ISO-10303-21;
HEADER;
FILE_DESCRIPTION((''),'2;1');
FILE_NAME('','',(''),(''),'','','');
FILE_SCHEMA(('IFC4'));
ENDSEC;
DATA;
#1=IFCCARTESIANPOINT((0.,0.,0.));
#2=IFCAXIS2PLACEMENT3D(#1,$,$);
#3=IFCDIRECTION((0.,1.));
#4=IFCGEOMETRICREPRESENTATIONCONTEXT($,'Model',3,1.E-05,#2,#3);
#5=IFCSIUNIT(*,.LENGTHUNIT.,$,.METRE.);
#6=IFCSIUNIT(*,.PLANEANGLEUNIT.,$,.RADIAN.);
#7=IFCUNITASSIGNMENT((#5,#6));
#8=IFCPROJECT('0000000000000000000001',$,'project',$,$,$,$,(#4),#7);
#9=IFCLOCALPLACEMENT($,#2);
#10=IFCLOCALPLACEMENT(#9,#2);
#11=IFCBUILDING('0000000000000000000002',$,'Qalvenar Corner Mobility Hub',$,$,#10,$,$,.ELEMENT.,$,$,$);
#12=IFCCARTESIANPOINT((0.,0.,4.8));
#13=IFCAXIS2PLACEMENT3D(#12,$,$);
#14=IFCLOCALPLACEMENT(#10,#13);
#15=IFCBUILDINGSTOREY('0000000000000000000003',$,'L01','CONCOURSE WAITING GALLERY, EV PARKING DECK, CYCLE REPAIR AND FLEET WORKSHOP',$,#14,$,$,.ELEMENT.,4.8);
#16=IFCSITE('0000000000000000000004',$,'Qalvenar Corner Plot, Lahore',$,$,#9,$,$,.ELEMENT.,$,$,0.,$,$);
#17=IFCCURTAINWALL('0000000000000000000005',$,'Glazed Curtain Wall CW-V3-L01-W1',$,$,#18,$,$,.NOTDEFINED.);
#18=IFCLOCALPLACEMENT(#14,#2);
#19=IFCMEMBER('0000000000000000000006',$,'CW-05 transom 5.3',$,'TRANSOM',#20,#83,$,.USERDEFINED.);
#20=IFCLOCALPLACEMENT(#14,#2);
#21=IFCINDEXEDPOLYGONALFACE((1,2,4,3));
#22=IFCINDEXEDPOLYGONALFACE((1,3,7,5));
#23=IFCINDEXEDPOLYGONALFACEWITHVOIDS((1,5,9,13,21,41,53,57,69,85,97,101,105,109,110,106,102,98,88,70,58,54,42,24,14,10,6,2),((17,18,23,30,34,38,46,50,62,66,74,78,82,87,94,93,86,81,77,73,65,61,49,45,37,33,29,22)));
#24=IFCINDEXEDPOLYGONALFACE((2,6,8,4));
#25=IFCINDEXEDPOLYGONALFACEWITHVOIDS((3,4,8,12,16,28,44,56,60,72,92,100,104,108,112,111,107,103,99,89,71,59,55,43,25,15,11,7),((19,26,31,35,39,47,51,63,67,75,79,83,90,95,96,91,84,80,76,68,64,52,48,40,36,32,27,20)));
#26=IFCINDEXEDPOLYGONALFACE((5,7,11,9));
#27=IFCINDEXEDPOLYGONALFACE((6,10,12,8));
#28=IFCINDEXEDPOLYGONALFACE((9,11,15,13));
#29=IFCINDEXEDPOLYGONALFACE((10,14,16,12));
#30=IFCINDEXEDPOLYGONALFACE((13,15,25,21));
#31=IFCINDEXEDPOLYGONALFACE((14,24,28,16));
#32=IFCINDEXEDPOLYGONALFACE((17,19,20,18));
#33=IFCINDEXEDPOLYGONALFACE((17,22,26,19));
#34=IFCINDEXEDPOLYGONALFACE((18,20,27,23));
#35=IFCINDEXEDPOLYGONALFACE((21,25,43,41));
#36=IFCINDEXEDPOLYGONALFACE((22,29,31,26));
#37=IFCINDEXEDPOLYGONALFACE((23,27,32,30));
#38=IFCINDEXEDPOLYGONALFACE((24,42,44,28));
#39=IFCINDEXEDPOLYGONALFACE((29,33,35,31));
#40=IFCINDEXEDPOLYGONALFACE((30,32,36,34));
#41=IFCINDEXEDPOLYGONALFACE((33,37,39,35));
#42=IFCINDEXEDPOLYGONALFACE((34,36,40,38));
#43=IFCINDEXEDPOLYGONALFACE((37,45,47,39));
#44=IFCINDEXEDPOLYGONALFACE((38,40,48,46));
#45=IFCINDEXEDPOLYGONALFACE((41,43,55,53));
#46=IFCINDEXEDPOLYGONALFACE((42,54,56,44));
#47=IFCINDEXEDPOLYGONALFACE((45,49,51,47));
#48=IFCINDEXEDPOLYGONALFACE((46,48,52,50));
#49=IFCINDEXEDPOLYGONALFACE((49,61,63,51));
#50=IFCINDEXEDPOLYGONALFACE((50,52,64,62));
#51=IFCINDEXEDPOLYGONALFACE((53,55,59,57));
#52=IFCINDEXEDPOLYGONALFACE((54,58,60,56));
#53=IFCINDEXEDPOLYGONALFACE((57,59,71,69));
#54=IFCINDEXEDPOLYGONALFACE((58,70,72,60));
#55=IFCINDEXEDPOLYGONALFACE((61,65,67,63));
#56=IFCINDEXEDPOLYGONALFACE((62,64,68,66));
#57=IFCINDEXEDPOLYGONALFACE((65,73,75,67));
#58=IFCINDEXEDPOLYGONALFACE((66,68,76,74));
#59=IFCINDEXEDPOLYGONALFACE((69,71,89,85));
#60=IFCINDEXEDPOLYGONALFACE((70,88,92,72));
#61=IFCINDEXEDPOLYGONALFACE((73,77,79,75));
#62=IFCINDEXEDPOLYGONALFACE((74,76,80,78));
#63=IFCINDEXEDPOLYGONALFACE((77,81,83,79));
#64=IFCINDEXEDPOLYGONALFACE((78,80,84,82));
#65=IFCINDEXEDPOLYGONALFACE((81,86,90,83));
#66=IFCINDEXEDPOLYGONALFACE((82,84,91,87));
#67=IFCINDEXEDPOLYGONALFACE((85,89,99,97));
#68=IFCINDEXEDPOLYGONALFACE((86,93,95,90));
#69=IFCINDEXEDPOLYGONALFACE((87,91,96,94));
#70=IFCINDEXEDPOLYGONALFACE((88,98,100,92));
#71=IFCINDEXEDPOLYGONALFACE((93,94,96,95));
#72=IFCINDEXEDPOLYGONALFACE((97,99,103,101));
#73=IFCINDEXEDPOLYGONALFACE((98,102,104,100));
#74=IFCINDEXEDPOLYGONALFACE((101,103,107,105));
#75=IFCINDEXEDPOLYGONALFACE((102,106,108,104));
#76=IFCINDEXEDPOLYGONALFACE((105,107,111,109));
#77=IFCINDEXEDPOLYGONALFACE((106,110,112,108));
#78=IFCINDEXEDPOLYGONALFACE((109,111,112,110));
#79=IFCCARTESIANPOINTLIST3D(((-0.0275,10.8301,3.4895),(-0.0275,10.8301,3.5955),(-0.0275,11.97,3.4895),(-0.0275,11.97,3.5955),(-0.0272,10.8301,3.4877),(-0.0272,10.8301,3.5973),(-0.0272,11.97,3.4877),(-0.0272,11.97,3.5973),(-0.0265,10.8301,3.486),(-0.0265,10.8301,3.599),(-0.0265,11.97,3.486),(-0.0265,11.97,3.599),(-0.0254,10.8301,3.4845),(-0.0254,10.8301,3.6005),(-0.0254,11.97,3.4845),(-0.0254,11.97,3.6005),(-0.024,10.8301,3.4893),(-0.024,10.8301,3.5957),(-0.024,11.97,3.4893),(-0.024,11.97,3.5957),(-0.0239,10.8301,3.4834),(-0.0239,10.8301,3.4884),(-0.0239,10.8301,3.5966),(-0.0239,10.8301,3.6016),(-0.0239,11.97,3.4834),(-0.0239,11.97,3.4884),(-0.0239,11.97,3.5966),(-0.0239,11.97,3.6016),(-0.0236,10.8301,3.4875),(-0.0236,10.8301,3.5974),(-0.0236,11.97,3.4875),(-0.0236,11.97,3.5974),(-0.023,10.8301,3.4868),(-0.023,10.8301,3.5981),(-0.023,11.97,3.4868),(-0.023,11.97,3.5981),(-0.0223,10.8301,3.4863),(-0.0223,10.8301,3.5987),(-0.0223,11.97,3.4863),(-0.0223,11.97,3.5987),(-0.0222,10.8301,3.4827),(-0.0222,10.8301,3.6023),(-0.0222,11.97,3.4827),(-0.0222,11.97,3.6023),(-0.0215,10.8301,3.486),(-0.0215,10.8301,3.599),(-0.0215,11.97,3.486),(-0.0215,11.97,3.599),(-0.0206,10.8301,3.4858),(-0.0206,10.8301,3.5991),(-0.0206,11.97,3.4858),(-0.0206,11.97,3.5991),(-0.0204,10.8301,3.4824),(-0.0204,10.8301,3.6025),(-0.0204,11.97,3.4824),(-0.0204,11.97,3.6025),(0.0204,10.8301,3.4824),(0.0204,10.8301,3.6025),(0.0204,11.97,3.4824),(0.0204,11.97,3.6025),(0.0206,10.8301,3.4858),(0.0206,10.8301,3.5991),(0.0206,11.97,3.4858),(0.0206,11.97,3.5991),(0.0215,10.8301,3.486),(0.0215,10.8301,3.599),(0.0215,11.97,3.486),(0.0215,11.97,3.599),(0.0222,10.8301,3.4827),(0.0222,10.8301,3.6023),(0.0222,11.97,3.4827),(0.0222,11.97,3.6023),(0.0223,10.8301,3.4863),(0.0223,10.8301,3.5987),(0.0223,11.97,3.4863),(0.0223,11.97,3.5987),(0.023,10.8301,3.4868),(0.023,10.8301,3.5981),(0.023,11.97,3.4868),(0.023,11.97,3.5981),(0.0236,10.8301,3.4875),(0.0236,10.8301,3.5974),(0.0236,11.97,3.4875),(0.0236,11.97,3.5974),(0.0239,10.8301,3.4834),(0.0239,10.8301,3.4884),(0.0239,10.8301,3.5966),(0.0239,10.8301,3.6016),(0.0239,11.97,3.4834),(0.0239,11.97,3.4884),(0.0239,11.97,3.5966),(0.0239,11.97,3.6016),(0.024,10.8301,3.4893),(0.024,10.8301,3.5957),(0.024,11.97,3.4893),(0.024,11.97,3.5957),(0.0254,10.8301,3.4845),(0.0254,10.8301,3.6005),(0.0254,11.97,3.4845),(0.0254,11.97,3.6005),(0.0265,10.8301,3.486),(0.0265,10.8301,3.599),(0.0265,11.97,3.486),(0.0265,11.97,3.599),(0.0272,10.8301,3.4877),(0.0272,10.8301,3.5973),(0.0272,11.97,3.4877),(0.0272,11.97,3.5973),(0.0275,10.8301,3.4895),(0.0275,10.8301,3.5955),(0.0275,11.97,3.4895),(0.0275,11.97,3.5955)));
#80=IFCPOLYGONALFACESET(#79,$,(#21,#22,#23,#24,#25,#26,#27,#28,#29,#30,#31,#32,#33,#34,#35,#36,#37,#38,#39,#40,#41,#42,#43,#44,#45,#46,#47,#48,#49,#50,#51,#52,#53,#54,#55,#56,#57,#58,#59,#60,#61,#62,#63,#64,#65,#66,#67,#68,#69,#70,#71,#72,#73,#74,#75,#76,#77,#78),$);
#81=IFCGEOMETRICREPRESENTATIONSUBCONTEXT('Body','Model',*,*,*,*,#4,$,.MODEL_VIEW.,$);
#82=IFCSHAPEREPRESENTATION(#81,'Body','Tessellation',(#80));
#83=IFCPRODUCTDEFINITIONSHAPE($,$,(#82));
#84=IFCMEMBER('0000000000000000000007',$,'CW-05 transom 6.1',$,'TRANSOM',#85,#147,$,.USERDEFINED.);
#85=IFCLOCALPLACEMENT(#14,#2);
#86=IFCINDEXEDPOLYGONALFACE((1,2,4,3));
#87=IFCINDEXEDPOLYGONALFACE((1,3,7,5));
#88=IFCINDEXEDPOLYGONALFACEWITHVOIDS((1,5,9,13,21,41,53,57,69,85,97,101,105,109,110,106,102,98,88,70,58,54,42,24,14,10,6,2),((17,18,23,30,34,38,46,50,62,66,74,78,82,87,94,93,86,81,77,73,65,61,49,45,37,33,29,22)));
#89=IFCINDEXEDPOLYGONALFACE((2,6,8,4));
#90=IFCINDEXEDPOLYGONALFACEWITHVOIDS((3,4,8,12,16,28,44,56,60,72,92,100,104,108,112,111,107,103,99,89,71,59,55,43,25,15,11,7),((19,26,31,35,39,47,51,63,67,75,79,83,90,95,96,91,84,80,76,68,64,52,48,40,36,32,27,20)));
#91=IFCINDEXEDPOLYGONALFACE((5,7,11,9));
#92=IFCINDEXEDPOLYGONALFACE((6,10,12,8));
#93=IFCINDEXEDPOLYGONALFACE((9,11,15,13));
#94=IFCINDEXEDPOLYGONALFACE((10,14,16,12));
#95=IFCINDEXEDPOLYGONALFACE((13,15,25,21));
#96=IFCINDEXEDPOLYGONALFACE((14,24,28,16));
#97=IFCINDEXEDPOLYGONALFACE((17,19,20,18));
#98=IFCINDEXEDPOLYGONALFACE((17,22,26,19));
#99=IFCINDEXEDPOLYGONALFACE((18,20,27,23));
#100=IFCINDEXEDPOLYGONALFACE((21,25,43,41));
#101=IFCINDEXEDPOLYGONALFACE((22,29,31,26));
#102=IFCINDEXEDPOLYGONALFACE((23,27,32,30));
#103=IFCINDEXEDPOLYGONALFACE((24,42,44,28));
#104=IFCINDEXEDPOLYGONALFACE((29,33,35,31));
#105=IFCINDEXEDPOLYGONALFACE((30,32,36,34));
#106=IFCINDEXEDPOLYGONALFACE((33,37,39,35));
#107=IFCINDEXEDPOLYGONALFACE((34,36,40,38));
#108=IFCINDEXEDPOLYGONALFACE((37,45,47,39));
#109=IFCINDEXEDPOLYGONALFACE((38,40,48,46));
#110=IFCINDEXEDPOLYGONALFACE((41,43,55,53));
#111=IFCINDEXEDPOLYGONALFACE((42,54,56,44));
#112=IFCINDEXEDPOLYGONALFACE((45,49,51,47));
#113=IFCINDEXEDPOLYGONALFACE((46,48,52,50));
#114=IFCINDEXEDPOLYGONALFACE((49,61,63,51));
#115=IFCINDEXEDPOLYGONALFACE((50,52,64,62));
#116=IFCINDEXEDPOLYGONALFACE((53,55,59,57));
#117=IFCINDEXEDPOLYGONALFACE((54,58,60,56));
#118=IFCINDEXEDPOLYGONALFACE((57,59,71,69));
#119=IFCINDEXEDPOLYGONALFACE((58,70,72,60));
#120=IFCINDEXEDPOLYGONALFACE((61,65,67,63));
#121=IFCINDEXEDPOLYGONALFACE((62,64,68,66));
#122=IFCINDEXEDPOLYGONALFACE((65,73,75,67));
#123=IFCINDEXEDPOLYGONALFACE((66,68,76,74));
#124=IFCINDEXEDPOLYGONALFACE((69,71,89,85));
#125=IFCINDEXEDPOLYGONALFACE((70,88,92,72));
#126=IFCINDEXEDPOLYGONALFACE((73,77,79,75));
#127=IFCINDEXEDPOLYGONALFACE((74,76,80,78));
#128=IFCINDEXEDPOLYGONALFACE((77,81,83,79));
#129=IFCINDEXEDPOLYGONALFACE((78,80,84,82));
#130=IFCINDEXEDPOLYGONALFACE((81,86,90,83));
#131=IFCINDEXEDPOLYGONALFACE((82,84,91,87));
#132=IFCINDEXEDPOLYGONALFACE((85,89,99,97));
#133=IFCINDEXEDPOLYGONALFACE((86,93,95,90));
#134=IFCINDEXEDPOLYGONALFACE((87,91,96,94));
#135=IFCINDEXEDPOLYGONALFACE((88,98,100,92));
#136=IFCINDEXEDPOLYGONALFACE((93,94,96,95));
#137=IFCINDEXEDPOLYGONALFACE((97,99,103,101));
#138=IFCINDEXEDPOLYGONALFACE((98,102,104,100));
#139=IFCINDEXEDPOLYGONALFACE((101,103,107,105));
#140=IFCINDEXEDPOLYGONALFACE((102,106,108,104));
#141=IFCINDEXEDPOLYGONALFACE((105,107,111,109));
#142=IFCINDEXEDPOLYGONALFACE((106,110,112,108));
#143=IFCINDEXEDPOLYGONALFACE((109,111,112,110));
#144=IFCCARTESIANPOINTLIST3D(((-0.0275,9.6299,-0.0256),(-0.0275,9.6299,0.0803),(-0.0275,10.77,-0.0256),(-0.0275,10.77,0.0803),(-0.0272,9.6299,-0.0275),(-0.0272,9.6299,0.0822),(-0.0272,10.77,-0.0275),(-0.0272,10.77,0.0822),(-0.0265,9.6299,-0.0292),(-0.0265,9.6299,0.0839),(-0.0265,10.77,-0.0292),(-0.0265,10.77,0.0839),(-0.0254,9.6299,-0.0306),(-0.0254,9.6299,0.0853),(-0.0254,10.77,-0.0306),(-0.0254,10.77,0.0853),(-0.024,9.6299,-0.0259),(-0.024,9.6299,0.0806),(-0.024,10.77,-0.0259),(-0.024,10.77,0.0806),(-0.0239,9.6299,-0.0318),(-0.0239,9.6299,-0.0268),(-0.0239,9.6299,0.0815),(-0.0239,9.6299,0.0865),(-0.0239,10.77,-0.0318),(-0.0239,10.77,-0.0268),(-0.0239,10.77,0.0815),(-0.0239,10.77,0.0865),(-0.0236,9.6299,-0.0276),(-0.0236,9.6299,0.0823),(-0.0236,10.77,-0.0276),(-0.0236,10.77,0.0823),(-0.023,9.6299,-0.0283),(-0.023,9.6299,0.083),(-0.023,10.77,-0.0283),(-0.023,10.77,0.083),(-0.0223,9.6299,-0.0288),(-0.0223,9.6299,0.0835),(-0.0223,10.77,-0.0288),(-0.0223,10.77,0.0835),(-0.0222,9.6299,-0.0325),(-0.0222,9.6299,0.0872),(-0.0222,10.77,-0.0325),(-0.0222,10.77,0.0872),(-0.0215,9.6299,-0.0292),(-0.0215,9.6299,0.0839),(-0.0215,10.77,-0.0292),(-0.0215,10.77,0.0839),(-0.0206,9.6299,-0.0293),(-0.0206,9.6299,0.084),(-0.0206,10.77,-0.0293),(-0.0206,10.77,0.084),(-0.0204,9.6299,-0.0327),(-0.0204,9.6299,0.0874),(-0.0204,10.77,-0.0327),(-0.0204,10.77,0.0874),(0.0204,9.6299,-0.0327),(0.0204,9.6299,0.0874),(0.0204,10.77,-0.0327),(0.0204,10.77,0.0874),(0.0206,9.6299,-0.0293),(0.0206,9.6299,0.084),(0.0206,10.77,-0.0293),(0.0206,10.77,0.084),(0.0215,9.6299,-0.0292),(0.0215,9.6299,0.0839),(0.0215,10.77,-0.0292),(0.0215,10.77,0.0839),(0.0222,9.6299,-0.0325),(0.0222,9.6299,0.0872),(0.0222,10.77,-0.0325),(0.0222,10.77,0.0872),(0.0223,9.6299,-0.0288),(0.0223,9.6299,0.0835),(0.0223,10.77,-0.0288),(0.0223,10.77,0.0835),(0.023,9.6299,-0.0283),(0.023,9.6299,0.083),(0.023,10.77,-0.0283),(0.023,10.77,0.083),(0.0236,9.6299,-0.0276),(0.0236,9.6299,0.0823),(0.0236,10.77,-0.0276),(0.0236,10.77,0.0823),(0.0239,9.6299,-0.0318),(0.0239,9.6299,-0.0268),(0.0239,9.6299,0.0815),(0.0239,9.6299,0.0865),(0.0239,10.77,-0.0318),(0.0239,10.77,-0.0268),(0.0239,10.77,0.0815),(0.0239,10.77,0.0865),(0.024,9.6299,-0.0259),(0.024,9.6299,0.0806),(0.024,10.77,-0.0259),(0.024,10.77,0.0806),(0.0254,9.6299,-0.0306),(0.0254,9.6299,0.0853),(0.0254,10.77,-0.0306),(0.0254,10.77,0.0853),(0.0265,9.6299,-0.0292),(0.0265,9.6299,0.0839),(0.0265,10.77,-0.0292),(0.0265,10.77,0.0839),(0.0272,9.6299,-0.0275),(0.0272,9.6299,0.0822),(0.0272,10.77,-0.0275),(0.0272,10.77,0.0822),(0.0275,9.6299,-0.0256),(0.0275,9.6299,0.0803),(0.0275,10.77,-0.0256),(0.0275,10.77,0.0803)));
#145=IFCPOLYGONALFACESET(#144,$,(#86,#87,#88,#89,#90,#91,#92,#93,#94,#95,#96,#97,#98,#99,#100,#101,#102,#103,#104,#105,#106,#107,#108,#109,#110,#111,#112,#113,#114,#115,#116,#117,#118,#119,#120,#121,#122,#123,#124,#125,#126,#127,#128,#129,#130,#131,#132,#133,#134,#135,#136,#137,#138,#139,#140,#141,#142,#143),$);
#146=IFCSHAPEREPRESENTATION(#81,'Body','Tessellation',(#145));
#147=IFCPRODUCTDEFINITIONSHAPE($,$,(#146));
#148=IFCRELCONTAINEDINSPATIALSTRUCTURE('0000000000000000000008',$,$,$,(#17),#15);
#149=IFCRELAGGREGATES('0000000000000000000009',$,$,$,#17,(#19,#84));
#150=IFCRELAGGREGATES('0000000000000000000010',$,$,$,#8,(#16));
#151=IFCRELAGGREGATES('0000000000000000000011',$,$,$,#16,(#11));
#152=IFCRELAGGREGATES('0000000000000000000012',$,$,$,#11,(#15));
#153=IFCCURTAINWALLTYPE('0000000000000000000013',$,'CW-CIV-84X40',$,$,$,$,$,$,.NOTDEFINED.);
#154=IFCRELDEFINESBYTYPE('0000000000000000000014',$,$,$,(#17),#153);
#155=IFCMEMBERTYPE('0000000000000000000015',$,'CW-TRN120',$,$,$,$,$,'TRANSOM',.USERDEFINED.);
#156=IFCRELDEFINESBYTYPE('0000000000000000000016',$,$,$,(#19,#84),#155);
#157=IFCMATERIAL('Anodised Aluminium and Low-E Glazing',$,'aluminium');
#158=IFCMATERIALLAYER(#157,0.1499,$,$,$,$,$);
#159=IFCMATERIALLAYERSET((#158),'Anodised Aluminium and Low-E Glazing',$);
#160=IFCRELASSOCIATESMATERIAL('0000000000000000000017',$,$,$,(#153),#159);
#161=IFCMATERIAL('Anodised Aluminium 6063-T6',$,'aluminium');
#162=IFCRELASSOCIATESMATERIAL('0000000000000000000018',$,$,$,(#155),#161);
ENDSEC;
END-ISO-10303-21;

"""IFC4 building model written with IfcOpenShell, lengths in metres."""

from ifc_helpers import new_model, si_unit, direction, frame, origin, origin_2d, place, context, subcontext, project, spatial, hollow_rectangle, extrude, material, layer, layer_set, material_profile, profile_set, type_object, element, aggregate, save


model = new_model("IFC4")

# Units and contexts
model_context = context("Model", 3, precision=1e-05, world=origin(), true_north=direction((0.0, 1.0)))
body_context = subcontext(model_context, "Body", "Model", "MODEL_VIEW")
ifc_project = project(units=[si_unit("LENGTHUNIT", "METRE"), si_unit("PLANEANGLEUNIT", "RADIAN")], contexts=[model_context])

# Site, building, storey
site_placement = place(None, origin())
site = spatial("IfcSite", under=ifc_project, at=site_placement, Name="Qalvenar Corner Plot, Lahore", CompositionType="ELEMENT", RefElevation=0.0)
building_placement = place(site_placement, origin())
building = spatial("IfcBuilding", under=site, at=building_placement, Name="Qalvenar Corner Mobility Hub", CompositionType="ELEMENT")
storey_placement = place(building_placement, frame((0.0, 0.0, 4.8)))
storey = spatial("IfcBuildingStorey", under=building, at=storey_placement, Name="L01", Description="CONCOURSE WAITING GALLERY, EV PARKING DECK, CYCLE REPAIR AND FLEET WORKSHOP", CompositionType="ELEMENT", Elevation=4.8)

# Curtain wall, members
ifc_material_1 = material(Name="Anodised Aluminium and Low-E Glazing", Category="aluminium")
ifc_layer_1 = layer(ifc_material_1, 0.1499)
ifc_layer_set_1 = layer_set([ifc_layer_1], Name="Anodised Aluminium and Low-E Glazing")
curtain_wall_type = type_object("IfcCurtainWallType", Name="CW-CIV-84X40", PredefinedType="NOTDEFINED", material=ifc_layer_set_1)
curtain_wall_placement = place(storey_placement, origin())
curtain_wall = element("IfcCurtainWall", 1, at=curtain_wall_placement, inside=storey, type_object=curtain_wall_type, Name="Glazed Curtain Wall CW-V3-L01-W1", PredefinedType="NOTDEFINED")
ifc_material_2 = material(Name="Anodised Aluminium 6063-T6", Category="aluminium")
ifc_material_profile_1 = material_profile(ifc_material_2, hollow_rectangle(XDim=0.0549, YDim=0.1201, WallThickness=0.0034, InnerFilletRadius=0.0034, OuterFilletRadius=0.0071, at=origin_2d()), Name="RHS120x55x3.5")
ifc_profile_set_1 = profile_set([ifc_material_profile_1], Name="Anodised Aluminium 6063-T6")
member_type_1 = type_object("IfcMemberType", Name="CW-TRN120", ElementType="TRANSOM", PredefinedType="USERDEFINED", material=ifc_profile_set_1)
member_1_placement = place(storey_placement, frame((0.0, 11.97, 3.5425), z_axis=(0.0, -1.0, 0.0), x_axis=(1.0, 0.0, 0.0)))
member_1 = element("IfcMember", 2, at=member_1_placement, type_object=member_type_1, Name="CW-05 transom 5.3", ObjectType="TRANSOM", PredefinedType="USERDEFINED", context=body_context, shape_type="SweptSolid", body=[
    extrude(hollow_rectangle(XDim=0.0549, YDim=0.1201, WallThickness=0.0034, InnerFilletRadius=0.0034, OuterFilletRadius=0.0071, at=origin_2d()), origin(), (0.0, 0.0, 1.0), 1.1399),
])
member_2_placement = place(storey_placement, frame((0.0, 10.77, 0.0273), z_axis=(0.0, -1.0, 0.0), x_axis=(1.0, 0.0, 0.0)))
member_2 = element("IfcMember", 3, at=member_2_placement, type_object=member_type_1, Name="CW-05 transom 6.1", ObjectType="TRANSOM", PredefinedType="USERDEFINED", context=body_context, shape_type="SweptSolid", body=[
    extrude(hollow_rectangle(XDim=0.0549, YDim=0.1201, WallThickness=0.0034, InnerFilletRadius=0.0034, OuterFilletRadius=0.0071, at=origin_2d()), origin(), (0.0, 0.0, 1.0), 1.1401),
])
aggregate(curtain_wall, [member_1, member_2])

save(model, "model.ifc")
